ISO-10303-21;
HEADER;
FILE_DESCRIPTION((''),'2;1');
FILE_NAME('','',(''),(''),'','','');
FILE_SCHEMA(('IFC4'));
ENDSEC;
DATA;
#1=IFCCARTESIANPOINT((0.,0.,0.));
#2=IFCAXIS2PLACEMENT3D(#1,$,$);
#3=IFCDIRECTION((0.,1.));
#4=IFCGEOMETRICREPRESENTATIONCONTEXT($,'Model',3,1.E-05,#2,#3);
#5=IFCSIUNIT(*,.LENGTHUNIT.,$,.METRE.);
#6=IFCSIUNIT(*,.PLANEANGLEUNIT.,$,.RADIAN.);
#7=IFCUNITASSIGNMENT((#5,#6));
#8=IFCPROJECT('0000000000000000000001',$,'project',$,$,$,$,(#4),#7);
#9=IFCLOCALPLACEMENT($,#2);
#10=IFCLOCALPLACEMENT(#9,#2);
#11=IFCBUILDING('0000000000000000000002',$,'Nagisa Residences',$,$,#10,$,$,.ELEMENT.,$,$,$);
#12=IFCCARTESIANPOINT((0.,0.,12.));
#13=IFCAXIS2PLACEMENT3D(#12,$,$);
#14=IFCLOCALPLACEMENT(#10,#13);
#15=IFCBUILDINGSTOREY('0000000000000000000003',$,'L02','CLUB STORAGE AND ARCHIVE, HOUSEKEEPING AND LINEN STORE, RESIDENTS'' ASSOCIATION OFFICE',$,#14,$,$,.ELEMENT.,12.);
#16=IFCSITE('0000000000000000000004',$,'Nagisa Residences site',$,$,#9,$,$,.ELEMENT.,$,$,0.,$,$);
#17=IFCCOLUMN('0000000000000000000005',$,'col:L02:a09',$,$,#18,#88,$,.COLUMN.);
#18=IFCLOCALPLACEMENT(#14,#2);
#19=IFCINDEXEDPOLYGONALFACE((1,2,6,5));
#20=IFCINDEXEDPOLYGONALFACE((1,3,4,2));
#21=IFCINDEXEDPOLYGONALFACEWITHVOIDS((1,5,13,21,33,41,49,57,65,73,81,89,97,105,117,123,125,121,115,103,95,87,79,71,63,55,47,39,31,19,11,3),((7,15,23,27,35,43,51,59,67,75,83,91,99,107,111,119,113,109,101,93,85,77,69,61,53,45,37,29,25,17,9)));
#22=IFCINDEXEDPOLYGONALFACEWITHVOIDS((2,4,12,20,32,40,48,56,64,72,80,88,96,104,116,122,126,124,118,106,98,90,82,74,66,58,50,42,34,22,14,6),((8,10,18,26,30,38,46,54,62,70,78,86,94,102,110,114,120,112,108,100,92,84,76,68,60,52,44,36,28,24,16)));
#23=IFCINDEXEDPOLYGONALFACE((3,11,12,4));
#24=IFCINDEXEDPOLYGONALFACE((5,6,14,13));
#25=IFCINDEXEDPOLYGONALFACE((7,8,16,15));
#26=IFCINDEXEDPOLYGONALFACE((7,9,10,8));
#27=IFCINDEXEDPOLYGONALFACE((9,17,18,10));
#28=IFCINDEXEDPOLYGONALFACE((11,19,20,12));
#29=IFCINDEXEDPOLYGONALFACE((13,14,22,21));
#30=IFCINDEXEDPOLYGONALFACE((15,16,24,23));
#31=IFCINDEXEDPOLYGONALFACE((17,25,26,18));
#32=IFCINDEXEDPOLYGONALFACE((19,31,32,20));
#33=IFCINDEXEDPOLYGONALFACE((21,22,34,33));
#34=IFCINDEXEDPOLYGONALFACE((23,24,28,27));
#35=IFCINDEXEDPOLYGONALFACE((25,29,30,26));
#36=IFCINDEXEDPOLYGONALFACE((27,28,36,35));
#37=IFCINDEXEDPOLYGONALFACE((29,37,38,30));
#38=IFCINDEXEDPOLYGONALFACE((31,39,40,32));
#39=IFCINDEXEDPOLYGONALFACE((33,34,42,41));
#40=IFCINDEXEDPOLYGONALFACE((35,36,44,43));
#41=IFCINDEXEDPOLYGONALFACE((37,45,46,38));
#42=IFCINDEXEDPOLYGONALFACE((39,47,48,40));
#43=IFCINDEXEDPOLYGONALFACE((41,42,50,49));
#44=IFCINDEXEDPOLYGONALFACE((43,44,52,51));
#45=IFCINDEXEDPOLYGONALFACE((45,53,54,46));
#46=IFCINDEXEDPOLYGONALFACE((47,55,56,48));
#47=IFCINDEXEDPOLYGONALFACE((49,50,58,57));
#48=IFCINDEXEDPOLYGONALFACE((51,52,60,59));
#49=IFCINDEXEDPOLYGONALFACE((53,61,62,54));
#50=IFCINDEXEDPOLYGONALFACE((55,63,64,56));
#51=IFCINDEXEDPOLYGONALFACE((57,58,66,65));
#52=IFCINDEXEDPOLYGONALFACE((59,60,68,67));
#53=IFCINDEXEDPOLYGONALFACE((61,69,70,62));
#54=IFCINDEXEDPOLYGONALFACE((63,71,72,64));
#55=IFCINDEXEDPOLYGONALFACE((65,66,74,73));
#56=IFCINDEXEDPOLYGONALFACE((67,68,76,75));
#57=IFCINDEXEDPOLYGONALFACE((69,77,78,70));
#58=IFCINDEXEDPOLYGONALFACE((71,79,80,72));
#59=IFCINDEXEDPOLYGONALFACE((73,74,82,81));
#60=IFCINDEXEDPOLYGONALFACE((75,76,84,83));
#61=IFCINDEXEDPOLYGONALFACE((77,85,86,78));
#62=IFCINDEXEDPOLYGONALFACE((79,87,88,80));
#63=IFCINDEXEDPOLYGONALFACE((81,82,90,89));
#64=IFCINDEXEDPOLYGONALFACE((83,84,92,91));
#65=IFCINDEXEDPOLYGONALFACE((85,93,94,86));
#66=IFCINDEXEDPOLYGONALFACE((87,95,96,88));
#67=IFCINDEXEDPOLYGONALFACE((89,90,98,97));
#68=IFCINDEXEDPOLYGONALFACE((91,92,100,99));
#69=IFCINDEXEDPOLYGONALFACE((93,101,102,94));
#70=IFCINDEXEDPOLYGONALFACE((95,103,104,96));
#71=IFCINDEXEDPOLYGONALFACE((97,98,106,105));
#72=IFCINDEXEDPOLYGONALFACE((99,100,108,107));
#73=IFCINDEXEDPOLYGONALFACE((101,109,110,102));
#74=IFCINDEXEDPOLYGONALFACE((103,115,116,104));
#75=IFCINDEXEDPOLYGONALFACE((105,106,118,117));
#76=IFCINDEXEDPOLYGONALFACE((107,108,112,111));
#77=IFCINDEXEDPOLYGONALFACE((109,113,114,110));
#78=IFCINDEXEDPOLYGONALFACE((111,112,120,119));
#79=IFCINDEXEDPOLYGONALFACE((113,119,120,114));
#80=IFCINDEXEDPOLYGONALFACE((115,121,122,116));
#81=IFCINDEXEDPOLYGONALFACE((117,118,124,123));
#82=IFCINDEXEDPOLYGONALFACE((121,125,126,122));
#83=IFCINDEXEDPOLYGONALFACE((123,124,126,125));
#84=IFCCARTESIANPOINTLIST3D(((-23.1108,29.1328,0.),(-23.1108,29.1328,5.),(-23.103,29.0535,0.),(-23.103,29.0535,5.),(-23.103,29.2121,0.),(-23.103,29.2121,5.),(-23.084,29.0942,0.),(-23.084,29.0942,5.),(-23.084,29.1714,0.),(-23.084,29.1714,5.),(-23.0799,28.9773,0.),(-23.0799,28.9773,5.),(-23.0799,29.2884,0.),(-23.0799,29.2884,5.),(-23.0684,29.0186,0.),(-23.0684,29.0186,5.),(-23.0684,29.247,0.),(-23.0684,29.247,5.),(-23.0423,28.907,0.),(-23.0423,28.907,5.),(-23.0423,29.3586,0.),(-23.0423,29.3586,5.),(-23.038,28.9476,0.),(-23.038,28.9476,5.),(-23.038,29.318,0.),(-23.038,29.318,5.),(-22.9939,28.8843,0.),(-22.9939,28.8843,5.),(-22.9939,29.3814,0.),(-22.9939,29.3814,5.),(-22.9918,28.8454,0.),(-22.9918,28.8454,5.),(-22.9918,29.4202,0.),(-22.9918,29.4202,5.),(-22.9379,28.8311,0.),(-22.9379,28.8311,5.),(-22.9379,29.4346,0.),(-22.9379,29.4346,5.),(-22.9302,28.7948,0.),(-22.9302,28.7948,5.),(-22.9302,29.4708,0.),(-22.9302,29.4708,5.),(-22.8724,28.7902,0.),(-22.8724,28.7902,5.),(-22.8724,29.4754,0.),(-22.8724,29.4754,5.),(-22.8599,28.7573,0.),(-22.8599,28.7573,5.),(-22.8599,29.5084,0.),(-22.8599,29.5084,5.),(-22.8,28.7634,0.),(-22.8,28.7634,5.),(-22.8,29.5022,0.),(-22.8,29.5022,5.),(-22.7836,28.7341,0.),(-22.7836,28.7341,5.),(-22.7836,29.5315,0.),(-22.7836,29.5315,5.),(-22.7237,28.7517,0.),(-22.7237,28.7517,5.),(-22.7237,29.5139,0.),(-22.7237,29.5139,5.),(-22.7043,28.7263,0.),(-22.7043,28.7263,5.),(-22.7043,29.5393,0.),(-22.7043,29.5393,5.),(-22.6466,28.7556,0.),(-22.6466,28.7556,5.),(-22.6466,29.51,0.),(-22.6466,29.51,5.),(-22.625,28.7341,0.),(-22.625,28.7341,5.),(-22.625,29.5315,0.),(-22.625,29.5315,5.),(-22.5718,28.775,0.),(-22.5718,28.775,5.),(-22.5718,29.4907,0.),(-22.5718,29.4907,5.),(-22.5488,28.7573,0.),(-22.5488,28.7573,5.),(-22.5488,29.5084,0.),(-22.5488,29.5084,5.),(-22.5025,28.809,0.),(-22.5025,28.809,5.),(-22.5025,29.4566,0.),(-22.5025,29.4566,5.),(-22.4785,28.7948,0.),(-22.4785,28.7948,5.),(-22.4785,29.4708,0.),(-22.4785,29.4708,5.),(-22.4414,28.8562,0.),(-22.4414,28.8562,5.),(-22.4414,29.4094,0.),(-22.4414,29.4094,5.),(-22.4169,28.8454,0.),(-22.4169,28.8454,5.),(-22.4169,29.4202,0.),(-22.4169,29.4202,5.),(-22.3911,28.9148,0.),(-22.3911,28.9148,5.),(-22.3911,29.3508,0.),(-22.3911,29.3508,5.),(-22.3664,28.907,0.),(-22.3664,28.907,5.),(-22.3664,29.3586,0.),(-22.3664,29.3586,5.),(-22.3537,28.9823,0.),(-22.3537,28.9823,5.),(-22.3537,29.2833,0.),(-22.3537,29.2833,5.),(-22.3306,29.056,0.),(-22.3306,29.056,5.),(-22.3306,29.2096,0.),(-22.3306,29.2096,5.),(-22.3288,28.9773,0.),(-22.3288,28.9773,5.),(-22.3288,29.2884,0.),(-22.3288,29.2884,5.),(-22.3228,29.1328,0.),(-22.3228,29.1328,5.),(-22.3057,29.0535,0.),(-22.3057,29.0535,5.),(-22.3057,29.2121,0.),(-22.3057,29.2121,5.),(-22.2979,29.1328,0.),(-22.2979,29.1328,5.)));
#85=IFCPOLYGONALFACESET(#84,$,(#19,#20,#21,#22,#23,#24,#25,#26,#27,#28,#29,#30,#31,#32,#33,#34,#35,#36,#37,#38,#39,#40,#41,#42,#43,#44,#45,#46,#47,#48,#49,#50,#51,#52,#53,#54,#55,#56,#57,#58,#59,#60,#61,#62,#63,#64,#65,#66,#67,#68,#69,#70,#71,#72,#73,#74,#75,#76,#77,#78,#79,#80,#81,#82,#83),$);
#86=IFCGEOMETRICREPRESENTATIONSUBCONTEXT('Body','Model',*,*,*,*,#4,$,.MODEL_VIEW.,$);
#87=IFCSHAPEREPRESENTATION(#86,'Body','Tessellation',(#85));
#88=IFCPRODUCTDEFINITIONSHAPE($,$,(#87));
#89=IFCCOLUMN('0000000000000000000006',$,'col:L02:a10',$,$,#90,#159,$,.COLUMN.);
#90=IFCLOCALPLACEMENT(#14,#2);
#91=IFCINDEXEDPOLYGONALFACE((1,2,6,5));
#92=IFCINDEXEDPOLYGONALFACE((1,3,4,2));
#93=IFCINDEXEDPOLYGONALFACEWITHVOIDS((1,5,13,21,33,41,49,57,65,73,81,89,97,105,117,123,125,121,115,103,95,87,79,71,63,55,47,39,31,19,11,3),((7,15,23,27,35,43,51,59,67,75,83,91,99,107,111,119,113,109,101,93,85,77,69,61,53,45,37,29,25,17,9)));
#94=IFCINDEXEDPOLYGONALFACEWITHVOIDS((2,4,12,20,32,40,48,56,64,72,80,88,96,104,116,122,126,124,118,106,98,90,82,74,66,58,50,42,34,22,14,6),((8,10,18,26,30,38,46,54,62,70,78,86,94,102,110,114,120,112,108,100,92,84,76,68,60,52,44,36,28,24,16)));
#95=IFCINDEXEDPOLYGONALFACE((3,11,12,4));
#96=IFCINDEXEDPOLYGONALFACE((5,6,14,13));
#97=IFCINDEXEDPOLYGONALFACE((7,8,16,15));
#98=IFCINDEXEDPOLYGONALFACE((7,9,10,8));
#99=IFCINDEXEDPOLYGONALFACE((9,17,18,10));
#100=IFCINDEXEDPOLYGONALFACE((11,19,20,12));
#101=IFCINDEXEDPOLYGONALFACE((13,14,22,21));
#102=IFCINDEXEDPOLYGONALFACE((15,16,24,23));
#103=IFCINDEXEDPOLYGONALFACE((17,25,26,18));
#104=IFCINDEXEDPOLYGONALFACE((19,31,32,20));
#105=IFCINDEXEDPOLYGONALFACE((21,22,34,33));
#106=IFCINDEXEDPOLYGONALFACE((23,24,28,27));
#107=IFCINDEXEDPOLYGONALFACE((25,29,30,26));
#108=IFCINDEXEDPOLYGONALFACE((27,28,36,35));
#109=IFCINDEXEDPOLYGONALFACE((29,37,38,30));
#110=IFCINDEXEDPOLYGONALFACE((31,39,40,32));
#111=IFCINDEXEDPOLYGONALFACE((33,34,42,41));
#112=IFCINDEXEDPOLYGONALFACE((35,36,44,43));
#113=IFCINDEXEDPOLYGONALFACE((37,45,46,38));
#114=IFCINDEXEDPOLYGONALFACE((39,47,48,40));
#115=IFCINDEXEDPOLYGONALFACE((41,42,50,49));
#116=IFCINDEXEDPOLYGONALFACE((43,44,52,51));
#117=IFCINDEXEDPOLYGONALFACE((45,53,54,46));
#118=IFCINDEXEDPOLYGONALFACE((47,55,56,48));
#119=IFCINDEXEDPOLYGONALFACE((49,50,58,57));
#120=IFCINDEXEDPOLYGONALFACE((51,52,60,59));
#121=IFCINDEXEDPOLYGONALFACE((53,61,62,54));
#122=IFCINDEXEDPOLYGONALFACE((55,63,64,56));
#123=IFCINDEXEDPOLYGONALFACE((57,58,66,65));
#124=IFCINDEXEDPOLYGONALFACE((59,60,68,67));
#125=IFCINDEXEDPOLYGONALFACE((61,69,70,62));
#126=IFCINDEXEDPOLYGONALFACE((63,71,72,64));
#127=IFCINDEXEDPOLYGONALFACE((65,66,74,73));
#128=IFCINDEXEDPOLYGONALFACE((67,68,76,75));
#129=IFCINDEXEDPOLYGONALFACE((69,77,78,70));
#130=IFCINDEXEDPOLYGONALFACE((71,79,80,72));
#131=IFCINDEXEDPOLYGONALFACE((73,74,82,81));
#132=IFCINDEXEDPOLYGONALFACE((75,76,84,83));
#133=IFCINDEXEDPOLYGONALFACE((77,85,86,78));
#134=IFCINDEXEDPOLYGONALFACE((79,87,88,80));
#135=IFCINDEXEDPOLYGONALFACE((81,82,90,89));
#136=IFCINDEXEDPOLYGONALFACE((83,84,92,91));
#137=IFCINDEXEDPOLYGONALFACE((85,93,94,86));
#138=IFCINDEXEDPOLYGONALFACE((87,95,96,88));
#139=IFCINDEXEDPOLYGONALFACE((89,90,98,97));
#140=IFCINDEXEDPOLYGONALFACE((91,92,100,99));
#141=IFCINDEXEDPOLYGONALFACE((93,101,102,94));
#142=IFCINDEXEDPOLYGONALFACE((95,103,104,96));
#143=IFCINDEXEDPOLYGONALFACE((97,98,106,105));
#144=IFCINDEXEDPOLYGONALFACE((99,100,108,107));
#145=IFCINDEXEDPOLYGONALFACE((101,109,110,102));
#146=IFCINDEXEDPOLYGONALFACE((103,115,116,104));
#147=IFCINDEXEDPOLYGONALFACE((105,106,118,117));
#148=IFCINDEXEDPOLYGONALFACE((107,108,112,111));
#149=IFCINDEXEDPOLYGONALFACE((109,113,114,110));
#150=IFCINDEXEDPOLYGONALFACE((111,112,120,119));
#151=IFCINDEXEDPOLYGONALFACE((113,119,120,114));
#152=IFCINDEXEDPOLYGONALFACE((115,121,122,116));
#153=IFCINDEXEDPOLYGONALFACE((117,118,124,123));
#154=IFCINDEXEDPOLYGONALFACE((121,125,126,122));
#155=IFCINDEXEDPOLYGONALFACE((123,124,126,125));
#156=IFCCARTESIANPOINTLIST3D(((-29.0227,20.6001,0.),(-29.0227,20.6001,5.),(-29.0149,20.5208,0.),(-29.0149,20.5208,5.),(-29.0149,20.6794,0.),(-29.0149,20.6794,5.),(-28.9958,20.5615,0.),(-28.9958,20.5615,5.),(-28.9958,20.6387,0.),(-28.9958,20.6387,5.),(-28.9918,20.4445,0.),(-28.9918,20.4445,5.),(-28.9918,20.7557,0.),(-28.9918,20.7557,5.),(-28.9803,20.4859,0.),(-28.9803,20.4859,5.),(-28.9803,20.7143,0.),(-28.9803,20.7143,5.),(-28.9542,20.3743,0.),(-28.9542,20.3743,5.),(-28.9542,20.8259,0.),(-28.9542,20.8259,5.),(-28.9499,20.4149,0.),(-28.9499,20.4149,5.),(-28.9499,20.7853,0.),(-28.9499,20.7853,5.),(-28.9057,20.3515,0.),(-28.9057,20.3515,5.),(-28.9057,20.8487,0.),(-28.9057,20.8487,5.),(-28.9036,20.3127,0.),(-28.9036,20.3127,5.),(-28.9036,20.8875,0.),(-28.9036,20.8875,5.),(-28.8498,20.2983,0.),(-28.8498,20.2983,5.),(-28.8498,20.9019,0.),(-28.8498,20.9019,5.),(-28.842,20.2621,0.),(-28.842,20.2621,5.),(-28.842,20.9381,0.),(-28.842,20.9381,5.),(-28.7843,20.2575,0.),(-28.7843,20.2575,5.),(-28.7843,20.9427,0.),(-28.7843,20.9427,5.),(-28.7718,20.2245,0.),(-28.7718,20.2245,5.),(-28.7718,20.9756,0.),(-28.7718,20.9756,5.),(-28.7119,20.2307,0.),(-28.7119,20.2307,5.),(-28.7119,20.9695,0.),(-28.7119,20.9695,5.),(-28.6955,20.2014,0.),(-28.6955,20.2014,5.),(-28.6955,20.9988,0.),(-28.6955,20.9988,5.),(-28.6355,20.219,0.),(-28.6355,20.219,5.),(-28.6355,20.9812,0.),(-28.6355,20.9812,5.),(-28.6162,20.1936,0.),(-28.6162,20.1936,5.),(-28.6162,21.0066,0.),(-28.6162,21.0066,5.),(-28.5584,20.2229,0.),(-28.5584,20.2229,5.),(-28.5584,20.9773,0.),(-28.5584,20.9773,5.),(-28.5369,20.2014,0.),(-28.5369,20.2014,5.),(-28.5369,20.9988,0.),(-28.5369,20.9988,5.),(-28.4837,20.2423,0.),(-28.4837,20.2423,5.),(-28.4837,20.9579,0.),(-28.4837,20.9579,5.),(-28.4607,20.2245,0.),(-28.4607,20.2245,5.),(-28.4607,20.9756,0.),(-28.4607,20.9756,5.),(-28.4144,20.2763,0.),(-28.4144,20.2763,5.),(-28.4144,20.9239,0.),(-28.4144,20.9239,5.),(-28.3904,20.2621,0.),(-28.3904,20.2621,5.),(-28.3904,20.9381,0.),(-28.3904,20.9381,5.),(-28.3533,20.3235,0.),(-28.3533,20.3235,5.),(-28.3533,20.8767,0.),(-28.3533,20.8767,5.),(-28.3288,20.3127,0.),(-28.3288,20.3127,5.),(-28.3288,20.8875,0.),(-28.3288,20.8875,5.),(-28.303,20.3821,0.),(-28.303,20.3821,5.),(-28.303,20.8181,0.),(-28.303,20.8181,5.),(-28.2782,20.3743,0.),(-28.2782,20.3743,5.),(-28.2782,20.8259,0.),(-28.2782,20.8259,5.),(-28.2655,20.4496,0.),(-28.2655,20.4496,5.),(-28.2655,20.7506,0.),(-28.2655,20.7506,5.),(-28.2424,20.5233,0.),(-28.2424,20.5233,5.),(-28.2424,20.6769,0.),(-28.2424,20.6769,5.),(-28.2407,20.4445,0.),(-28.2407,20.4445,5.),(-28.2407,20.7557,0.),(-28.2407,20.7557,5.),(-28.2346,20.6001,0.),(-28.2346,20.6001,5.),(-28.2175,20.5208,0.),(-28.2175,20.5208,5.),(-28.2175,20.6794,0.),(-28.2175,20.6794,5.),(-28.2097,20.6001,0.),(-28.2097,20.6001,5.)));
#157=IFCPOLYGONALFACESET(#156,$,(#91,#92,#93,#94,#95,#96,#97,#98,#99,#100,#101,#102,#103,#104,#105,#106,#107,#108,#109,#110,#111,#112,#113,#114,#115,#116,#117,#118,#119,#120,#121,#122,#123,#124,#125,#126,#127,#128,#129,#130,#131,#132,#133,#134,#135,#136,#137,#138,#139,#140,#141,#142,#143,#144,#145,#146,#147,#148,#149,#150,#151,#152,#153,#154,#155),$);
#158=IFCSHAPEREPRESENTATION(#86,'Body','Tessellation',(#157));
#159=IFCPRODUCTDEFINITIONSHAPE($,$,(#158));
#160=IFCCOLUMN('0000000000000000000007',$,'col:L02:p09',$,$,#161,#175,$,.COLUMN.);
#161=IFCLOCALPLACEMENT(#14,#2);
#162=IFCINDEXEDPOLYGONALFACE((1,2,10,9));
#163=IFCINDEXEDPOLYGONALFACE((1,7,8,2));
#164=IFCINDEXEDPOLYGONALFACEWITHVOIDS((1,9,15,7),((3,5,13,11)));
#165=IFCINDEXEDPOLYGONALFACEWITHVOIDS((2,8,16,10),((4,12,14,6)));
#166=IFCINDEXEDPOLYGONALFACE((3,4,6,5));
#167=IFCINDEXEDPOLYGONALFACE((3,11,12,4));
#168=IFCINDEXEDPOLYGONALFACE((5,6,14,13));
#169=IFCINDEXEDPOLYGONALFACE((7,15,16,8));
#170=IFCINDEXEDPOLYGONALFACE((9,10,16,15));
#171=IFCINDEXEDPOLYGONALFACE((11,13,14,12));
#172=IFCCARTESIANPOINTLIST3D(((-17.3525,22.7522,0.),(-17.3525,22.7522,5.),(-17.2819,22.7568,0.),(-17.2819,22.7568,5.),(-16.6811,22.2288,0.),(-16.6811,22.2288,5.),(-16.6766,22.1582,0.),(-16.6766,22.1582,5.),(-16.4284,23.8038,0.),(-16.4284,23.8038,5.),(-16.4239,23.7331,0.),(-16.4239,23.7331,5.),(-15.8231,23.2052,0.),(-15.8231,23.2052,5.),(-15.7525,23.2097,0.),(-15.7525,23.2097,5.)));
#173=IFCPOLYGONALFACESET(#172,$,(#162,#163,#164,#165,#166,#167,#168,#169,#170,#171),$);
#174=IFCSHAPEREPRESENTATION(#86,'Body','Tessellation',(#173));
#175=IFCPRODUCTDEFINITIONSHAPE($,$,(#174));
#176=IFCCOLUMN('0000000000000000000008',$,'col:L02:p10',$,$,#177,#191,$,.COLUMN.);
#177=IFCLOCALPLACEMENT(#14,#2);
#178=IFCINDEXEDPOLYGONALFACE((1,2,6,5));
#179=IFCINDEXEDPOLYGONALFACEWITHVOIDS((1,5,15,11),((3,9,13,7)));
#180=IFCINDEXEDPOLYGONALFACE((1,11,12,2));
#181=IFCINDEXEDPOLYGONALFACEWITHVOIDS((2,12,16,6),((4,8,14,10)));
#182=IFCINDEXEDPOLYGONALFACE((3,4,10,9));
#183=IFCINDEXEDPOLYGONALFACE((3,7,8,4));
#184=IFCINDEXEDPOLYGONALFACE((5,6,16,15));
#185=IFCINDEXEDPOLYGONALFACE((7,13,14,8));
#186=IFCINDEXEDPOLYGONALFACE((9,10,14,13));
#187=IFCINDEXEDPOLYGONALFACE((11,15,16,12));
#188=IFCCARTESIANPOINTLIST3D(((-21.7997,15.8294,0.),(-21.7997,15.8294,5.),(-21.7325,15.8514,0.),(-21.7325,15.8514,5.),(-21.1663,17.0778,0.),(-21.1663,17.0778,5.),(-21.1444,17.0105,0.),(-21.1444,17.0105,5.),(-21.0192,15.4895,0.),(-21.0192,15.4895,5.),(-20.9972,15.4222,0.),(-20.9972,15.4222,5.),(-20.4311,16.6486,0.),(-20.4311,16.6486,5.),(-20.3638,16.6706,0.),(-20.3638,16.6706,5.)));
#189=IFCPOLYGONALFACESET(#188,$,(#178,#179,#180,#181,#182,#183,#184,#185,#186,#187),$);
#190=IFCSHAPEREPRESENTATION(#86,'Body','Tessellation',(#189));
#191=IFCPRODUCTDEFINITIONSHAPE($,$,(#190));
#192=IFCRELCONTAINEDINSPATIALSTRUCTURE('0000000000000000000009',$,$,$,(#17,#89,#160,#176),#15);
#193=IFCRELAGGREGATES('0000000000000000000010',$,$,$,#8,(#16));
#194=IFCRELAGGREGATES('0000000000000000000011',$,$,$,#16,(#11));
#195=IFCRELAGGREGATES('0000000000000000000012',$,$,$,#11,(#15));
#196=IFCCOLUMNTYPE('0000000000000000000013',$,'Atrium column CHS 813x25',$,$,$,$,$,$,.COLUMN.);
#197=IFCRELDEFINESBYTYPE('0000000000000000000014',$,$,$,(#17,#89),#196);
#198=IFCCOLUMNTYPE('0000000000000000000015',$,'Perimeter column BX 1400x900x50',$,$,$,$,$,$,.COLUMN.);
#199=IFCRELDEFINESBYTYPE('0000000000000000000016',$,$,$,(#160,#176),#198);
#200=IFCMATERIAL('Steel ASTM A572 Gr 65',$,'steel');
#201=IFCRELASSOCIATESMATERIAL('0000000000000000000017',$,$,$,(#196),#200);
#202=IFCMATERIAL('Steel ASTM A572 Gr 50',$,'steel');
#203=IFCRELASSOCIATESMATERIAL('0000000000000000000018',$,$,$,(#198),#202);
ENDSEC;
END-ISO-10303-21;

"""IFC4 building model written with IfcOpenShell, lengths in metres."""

from ifc_helpers import new_model, si_unit, direction, frame, origin, origin_2d, place, context, subcontext, project, spatial, hollow_rectangle, hollow_circle, extrude, material, material_profile, profile_set, type_object, element, save


model = new_model("IFC4")

# Units and contexts
model_context = context("Model", 3, precision=1e-05, world=origin(), true_north=direction((0.0, 1.0)))
body_context = subcontext(model_context, "Body", "Model", "MODEL_VIEW")
ifc_project = project(units=[si_unit("LENGTHUNIT", "METRE"), si_unit("PLANEANGLEUNIT", "RADIAN")], contexts=[model_context])

# Site, building, storey
site_placement = place(None, origin())
site = spatial("IfcSite", under=ifc_project, at=site_placement, Name="Nagisa Residences site", CompositionType="ELEMENT", RefElevation=0.0)
building_placement = place(site_placement, origin())
building = spatial("IfcBuilding", under=site, at=building_placement, Name="Nagisa Residences", CompositionType="ELEMENT")
storey_placement = place(building_placement, frame((0.0, 0.0, 12.0)))
storey = spatial("IfcBuildingStorey", under=building, at=storey_placement, Name="L02", Description="CLUB STORAGE AND ARCHIVE, HOUSEKEEPING AND LINEN STORE, RESIDENTS' ASSOCIATION OFFICE", CompositionType="ELEMENT", Elevation=12.0)

# Columns
ifc_material_1 = material(Name="Steel ASTM A572 Gr 65", Category="steel")
ifc_material_profile_1 = material_profile(ifc_material_1, hollow_circle(Radius=0.4065, WallThickness=0.0249, at=origin_2d()), Name="CHS 813x25")
ifc_profile_set_1 = profile_set([ifc_material_profile_1], Name="Steel ASTM A572 Gr 65")
column_type_1 = type_object("IfcColumnType", Name="Atrium column CHS 813x25", PredefinedType="COLUMN", material=ifc_profile_set_1)
for number, where, z_axis, x_axis, name in (
    (1, (-22.7043, 29.1328, 0.0), (0.0, 0.0, 1.0), (1.0, 0.0, 0.0), "col:L02:a09"),
    (2, (-28.6162, 20.6001, 0.0), (0.0, 0.0, 1.0), (1.0, 0.0, 0.0), "col:L02:a10"),
):
    element("IfcColumn", number, at=place(storey_placement, frame(where, z_axis=z_axis, x_axis=x_axis)), inside=storey, type_object=column_type_1, Name=name, PredefinedType="COLUMN", context=body_context, shape_type="SweptSolid", body=[
        extrude(hollow_circle(Radius=0.4065, WallThickness=0.0249, at=origin_2d()), origin(), (0.0, 0.0, 1.0), 5.0),
    ])
ifc_material_2 = material(Name="Steel ASTM A572 Gr 50", Category="steel")
ifc_material_profile_2 = material_profile(ifc_material_2, hollow_rectangle(XDim=1.3999, YDim=0.8999, WallThickness=0.05, at=origin_2d()), Name="BX 1400x900x50")
ifc_profile_set_2 = profile_set([ifc_material_profile_2], Name="Steel ASTM A572 Gr 50")
column_type_2 = type_object("IfcColumnType", Name="Perimeter column BX 1400x900x50", PredefinedType="COLUMN", material=ifc_profile_set_2)
for number, where, z_axis, x_axis, name in (
    (3, (-16.5525, 22.981, 0.0), (0.0, 0.0, 1.0), (-0.660115, -0.751165, 0.0), "col:L02:p09"),
    (4, (-21.0818, 16.25, 0.0), (0.0, 0.0, 1.0), (-0.452463, -0.891783, 0.0), "col:L02:p10"),
):
    element("IfcColumn", number, at=place(storey_placement, frame(where, z_axis=z_axis, x_axis=x_axis)), inside=storey, type_object=column_type_2, Name=name, PredefinedType="COLUMN", context=body_context, shape_type="SweptSolid", body=[
        extrude(hollow_rectangle(XDim=1.3999, YDim=0.8999, WallThickness=0.05, at=origin_2d()), origin(), (0.0, 0.0, 1.0), 5.0),
    ])

save(model, "model.ifc")
